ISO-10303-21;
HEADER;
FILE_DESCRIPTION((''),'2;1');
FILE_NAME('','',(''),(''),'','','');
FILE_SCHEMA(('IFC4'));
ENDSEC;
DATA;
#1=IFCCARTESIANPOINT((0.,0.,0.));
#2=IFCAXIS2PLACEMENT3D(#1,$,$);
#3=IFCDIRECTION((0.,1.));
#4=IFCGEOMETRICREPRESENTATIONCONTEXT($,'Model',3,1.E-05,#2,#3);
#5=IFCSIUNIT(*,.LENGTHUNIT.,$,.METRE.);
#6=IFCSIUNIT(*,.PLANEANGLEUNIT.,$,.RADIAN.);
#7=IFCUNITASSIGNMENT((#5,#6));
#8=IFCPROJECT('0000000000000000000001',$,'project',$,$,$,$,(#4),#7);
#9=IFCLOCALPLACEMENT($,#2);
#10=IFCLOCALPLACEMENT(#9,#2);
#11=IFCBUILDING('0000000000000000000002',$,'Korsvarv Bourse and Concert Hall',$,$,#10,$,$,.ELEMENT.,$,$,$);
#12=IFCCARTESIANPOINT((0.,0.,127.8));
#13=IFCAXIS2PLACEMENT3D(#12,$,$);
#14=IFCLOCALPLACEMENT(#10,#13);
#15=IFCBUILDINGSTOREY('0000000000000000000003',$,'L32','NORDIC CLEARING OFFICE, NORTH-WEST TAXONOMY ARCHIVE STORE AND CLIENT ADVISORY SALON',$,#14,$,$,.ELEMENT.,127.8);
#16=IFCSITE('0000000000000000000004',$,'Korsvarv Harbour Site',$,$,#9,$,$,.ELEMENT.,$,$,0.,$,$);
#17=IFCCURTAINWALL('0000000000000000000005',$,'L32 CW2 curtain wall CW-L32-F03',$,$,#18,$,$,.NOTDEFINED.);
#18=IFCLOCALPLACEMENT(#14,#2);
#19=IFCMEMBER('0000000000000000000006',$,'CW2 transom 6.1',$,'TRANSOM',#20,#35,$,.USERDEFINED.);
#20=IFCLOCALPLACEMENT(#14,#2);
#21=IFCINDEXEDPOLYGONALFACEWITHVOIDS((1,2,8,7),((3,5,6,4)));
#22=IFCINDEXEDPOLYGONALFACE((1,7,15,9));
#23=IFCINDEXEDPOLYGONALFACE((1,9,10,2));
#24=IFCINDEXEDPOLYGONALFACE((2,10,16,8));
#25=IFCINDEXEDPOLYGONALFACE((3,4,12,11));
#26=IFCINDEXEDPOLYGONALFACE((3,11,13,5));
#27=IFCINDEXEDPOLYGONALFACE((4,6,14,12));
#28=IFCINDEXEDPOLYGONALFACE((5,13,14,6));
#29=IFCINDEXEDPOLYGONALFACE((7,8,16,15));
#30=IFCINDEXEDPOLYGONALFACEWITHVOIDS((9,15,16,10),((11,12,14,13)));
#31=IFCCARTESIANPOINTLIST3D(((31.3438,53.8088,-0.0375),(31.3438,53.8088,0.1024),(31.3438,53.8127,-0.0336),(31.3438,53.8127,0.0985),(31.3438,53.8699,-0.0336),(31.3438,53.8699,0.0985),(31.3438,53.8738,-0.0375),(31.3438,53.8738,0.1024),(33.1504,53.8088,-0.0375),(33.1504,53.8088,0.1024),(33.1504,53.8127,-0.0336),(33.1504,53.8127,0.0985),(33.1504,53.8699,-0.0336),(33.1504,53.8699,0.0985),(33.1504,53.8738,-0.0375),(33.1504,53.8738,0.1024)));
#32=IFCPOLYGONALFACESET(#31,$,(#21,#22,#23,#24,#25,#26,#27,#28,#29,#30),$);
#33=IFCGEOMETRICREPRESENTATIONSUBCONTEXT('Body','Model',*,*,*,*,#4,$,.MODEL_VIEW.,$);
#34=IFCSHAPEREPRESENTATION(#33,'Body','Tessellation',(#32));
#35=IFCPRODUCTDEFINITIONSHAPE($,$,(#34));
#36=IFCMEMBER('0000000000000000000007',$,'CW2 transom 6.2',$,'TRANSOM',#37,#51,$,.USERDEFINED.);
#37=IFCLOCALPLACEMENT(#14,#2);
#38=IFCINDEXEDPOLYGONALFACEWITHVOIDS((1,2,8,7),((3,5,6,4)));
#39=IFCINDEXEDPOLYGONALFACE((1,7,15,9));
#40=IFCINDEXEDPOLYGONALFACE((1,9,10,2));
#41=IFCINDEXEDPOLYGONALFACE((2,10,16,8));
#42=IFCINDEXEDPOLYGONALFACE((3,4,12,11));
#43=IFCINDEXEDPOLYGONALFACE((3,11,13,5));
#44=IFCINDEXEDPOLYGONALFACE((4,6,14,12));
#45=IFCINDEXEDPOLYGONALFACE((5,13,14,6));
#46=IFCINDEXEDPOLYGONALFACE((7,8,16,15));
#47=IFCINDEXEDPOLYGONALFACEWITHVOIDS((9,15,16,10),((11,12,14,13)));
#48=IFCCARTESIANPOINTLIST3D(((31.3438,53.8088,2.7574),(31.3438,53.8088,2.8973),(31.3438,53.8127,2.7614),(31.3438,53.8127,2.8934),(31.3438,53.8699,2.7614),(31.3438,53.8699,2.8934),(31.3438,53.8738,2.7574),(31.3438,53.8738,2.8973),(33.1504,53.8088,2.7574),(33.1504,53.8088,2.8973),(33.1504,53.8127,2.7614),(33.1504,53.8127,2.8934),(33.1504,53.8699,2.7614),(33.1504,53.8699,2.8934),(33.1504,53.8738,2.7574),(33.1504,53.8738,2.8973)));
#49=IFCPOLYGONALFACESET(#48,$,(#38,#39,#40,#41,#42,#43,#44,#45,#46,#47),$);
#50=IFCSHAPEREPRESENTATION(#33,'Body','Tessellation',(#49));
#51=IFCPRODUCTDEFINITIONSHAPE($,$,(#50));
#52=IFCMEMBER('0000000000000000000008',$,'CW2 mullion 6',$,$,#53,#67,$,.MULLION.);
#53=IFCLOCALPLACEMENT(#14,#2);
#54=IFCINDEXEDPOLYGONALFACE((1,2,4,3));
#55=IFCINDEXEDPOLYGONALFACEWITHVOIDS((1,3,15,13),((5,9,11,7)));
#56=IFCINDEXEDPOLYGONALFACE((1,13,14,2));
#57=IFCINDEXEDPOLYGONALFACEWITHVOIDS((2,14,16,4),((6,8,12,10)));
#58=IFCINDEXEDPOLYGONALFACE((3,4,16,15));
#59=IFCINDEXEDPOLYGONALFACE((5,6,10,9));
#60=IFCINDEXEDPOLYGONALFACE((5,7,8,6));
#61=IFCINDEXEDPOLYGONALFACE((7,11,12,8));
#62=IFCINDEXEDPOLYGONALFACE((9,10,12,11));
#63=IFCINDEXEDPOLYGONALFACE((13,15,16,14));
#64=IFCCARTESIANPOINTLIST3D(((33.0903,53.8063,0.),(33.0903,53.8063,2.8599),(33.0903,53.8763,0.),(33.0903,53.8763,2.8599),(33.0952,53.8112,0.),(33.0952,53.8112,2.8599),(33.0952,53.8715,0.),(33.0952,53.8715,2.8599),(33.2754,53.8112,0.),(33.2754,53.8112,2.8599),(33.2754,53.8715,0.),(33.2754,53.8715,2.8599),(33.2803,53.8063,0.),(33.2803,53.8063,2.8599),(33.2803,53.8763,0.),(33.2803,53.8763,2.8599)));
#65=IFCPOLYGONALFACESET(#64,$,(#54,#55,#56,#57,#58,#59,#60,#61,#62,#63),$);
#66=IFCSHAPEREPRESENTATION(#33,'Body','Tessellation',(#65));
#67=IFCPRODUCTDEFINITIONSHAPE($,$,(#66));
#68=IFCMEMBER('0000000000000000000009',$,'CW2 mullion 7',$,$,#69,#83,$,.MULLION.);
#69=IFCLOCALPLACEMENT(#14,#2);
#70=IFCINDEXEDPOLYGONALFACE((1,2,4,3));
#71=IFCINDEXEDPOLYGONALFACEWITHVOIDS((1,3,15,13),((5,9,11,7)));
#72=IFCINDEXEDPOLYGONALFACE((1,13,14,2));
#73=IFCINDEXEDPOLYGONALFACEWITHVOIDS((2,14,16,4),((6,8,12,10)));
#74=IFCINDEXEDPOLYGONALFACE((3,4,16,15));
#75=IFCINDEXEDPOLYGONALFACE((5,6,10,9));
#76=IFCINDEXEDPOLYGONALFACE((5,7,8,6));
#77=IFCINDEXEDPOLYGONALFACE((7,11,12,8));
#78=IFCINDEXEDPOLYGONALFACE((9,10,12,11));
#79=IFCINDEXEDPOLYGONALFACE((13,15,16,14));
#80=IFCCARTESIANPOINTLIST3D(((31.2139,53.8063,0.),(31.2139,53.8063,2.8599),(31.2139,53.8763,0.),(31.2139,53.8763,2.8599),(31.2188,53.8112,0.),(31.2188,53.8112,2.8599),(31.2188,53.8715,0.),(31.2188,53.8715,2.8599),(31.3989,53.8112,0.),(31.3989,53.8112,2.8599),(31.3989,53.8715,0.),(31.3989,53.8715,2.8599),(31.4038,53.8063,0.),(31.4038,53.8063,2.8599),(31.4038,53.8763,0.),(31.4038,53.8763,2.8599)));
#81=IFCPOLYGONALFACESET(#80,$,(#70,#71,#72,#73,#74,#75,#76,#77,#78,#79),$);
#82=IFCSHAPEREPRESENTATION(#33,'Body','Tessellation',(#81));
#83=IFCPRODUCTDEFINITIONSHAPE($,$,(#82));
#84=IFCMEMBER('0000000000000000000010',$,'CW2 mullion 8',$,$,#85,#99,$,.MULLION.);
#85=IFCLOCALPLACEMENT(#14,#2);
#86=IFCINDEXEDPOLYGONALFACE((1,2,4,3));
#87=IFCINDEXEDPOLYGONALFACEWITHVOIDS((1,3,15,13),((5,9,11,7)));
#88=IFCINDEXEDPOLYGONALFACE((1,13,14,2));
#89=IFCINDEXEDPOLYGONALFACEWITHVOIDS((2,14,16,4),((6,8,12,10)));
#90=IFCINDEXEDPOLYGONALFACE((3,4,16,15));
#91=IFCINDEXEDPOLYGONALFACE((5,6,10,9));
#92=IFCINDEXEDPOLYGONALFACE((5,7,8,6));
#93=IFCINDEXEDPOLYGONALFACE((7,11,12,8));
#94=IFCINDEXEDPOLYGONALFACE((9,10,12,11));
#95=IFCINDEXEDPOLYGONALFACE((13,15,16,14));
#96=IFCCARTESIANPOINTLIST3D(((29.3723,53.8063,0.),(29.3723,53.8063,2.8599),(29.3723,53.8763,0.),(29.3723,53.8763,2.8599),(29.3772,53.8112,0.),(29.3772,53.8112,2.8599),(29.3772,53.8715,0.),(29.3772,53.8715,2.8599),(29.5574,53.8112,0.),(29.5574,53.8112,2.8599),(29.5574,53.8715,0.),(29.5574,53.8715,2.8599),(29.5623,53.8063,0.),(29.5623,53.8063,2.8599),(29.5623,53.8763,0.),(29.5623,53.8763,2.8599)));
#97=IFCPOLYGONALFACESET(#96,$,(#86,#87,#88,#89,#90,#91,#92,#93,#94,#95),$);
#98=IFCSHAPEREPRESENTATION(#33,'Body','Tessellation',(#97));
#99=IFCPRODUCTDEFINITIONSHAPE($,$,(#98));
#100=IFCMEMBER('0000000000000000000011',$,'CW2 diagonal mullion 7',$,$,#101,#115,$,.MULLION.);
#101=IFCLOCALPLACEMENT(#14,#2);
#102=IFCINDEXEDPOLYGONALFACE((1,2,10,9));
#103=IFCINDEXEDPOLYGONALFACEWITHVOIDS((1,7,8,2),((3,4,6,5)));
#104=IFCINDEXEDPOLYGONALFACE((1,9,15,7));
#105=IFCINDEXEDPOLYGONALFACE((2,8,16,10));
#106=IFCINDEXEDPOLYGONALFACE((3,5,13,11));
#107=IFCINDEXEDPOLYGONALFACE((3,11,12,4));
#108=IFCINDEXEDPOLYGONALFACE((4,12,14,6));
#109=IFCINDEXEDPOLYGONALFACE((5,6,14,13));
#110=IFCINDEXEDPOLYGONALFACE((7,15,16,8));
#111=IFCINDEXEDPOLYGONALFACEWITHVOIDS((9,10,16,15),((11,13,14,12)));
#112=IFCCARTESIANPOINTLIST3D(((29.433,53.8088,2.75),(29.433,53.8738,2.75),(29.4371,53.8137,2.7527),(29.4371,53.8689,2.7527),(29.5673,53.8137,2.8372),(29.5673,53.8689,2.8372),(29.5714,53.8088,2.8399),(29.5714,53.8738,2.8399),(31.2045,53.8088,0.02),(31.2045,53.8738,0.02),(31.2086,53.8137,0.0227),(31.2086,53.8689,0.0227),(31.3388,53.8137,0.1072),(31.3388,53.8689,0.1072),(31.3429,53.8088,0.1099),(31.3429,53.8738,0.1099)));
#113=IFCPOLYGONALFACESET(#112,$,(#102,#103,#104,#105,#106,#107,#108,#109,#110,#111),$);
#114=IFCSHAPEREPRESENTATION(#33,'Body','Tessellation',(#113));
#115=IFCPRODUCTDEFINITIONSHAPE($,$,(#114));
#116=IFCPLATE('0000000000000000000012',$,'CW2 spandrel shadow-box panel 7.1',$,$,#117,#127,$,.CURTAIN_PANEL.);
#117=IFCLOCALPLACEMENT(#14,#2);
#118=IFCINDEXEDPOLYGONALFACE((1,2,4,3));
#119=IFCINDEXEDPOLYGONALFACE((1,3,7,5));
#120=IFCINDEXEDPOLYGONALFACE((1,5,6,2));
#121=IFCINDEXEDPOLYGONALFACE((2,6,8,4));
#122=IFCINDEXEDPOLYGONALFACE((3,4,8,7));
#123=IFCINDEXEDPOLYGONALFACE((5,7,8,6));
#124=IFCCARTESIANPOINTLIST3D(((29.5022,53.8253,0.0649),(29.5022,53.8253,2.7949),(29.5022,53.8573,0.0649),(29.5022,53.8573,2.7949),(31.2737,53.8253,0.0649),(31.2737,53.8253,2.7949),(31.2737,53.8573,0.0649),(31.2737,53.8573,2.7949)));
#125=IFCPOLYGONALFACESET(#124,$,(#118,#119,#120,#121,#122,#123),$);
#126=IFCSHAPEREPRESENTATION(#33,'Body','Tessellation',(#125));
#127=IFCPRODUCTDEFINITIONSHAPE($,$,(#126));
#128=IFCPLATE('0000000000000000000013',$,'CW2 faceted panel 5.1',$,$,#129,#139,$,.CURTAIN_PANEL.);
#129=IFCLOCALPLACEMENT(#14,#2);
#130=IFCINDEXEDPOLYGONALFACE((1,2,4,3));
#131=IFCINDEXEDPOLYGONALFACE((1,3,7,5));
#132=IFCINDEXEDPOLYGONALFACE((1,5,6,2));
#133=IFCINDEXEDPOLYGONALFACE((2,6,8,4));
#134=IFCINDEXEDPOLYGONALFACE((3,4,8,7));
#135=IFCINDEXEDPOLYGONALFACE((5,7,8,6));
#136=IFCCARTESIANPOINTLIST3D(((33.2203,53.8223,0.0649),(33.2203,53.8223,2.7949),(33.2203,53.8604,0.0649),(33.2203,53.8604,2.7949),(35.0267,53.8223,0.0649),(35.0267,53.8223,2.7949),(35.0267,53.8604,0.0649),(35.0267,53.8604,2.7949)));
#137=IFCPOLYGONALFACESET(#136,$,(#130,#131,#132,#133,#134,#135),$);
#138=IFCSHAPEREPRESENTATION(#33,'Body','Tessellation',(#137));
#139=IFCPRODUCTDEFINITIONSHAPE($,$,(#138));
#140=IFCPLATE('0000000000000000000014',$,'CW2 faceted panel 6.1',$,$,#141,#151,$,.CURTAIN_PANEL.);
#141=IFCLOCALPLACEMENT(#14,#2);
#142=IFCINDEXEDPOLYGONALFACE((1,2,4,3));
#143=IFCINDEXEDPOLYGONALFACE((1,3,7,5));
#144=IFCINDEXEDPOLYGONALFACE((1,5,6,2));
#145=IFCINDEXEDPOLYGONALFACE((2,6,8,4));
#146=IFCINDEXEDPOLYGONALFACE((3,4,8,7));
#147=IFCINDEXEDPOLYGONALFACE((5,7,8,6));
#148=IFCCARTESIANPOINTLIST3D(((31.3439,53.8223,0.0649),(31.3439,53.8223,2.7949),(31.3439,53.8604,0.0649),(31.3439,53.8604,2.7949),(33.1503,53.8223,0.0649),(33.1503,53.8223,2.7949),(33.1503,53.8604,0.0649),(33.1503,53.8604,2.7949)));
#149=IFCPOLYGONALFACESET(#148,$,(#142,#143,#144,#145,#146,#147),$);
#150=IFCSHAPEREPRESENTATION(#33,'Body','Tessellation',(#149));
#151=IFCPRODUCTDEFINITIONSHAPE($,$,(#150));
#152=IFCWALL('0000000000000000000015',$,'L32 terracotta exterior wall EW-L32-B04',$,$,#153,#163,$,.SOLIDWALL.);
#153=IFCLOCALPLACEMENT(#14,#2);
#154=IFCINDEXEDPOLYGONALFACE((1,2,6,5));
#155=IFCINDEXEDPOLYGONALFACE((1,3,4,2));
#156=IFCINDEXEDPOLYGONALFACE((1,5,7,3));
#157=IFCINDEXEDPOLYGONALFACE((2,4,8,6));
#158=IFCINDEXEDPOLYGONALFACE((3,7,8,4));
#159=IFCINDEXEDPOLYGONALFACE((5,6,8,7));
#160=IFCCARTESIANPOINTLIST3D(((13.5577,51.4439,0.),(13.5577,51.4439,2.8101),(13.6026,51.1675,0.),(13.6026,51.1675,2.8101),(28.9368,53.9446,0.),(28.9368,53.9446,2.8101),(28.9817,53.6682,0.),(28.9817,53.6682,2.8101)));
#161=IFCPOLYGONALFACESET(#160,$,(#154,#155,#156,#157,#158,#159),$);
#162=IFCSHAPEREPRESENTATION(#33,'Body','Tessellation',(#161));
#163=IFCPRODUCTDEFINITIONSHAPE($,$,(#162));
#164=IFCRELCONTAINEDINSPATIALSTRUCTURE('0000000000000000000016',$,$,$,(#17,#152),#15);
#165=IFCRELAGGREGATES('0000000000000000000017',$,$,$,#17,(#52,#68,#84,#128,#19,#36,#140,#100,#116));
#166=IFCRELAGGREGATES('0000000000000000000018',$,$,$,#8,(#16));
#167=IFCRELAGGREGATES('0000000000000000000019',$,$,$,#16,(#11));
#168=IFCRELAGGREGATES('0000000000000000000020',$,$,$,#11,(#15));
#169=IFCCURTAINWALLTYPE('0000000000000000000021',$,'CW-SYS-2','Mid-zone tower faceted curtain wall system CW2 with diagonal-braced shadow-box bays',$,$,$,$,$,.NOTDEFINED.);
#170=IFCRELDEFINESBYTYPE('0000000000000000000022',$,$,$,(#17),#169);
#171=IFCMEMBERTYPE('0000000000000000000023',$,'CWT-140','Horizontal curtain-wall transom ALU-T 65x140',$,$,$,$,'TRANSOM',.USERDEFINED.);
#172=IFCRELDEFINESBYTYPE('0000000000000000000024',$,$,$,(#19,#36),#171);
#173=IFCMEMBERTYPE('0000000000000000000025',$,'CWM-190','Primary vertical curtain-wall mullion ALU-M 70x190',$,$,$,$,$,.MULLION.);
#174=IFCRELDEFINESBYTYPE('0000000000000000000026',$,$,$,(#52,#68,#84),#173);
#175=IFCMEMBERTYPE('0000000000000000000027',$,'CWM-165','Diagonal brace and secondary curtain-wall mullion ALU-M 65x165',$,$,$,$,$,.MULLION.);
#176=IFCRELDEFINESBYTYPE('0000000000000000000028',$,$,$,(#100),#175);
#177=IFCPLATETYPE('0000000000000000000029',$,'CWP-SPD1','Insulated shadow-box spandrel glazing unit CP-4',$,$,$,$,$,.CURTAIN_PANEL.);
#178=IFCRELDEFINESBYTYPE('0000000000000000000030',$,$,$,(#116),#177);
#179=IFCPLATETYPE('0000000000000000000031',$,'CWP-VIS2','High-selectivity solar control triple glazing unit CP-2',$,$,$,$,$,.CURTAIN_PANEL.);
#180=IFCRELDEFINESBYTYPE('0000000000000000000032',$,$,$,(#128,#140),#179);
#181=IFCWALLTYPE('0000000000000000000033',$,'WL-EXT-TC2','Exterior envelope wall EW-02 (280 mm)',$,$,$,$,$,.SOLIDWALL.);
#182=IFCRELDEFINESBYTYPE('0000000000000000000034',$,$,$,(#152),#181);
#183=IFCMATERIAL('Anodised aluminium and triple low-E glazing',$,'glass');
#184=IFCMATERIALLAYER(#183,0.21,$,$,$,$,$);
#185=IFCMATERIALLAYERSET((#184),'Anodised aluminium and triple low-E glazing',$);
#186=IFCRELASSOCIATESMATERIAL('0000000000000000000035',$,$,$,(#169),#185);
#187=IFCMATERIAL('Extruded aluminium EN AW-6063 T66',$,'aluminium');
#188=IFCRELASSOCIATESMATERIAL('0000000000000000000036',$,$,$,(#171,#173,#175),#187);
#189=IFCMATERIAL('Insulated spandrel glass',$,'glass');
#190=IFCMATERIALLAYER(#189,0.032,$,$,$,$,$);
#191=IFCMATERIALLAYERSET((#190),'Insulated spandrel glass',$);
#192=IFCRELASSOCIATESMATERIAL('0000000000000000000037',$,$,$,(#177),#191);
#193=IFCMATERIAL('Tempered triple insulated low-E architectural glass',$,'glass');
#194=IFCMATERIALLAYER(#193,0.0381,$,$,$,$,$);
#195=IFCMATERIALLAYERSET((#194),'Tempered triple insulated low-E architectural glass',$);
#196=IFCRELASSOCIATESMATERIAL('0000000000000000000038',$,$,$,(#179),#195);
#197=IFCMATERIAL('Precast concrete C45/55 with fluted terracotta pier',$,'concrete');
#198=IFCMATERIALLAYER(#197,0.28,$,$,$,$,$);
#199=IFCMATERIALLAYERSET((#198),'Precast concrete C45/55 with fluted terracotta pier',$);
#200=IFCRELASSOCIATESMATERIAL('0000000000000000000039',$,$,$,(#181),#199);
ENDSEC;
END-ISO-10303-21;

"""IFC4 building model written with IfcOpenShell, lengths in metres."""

from ifc_helpers import new_model, si_unit, direction, frame, frame_2d, origin, origin_2d, place, context, subcontext, project, spatial, rectangle, hollow_rectangle, extrude, source, transform, mapped, material, layer, layer_set, material_profile, profile_set, type_object, element, aggregate, save


model = new_model("IFC4")

# Units and contexts
model_context = context("Model", 3, precision=1e-05, world=origin(), true_north=direction((0.0, 1.0)))
body_context = subcontext(model_context, "Body", "Model", "MODEL_VIEW")
ifc_project = project(units=[si_unit("LENGTHUNIT", "METRE"), si_unit("PLANEANGLEUNIT", "RADIAN")], contexts=[model_context])

# Site, building, storey
site_placement = place(None, origin())
site = spatial("IfcSite", under=ifc_project, at=site_placement, Name="Korsvarv Harbour Site", CompositionType="ELEMENT", RefElevation=0.0)
building_placement = place(site_placement, origin())
building = spatial("IfcBuilding", under=site, at=building_placement, Name="Korsvarv Bourse and Concert Hall", CompositionType="ELEMENT")
storey_placement = place(building_placement, frame((0.0, 0.0, 127.8)))
storey = spatial("IfcBuildingStorey", under=building, at=storey_placement, Name="L32", Description="NORDIC CLEARING OFFICE, NORTH-WEST TAXONOMY ARCHIVE STORE AND CLIENT ADVISORY SALON", CompositionType="ELEMENT", Elevation=127.8)

# Curtain wall, members, plates
ifc_material_1 = material(Name="Anodised aluminium and triple low-E glazing", Category="glass")
ifc_layer_1 = layer(ifc_material_1, 0.21)
ifc_layer_set_1 = layer_set([ifc_layer_1], Name="Anodised aluminium and triple low-E glazing")
curtain_wall_type = type_object("IfcCurtainWallType", Name="CW-SYS-2", Description="Mid-zone tower faceted curtain wall system CW2 with diagonal-braced shadow-box bays", PredefinedType="NOTDEFINED", material=ifc_layer_set_1)
curtain_wall_placement = place(storey_placement, origin())
curtain_wall = element("IfcCurtainWall", 1, at=curtain_wall_placement, inside=storey, type_object=curtain_wall_type, Name="L32 CW2 curtain wall CW-L32-F03", PredefinedType="NOTDEFINED")
ifc_material_2 = material(Name="Extruded aluminium EN AW-6063 T66", Category="aluminium")
ifc_material_profile_1 = material_profile(ifc_material_2, hollow_rectangle(XDim=0.0649, YDim=0.1399, WallThickness=0.0039, at=origin_2d()), Name="ALU-T 65x140")
ifc_profile_set_1 = profile_set([ifc_material_profile_1], Name="Extruded aluminium EN AW-6063 T66")
member_type_1 = type_object("IfcMemberType", Name="CWT-140", Description="Horizontal curtain-wall transom ALU-T 65x140", ElementType="TRANSOM", PredefinedType="USERDEFINED", material=ifc_profile_set_1)
shared_shape_1 = source(origin(), body_context, "Body", "SweptSolid", [
    extrude(hollow_rectangle(XDim=0.0649, YDim=0.1399, WallThickness=0.0039, at=origin_2d()), origin(), (0.0, 0.0, 1.0), 1.8066),
])
member_1_placement = place(storey_placement, frame((33.1504, 53.8413, 0.0325), z_axis=(-1.0, 0.0, 0.0), x_axis=(0.0, -1.0, 0.0)))
member_1 = element("IfcMember", 2, at=member_1_placement, type_object=member_type_1, Name="CW2 transom 6.1", ObjectType="TRANSOM", PredefinedType="USERDEFINED", context=body_context, shape_type="MappedRepresentation", body=[
    mapped(shared_shape_1, transform((0.0, 0.0, 0.0), scale=1.0)),
])
member_2_placement = place(storey_placement, frame((33.1504, 53.8413, 2.8274), z_axis=(-1.0, 0.0, 0.0), x_axis=(0.0, -1.0, 0.0)))
member_2 = element("IfcMember", 3, at=member_2_placement, type_object=member_type_1, Name="CW2 transom 6.2", ObjectType="TRANSOM", PredefinedType="USERDEFINED", context=body_context, shape_type="MappedRepresentation", body=[
    mapped(shared_shape_1, transform((0.0, 0.0, 0.0), scale=1.0)),
])
ifc_material_profile_2 = material_profile(ifc_material_2, hollow_rectangle(XDim=0.0701, YDim=0.1899, WallThickness=0.0049, at=origin_2d()), Name="ALU-M 70x190")
ifc_profile_set_2 = profile_set([ifc_material_profile_2], Name="Extruded aluminium EN AW-6063 T66")
member_type_2 = type_object("IfcMemberType", Name="CWM-190", Description="Primary vertical curtain-wall mullion ALU-M 70x190", PredefinedType="MULLION", material=ifc_profile_set_2)
shared_shape_2 = source(origin(), body_context, "Body", "SweptSolid", [
    extrude(hollow_rectangle(XDim=0.0701, YDim=0.1899, WallThickness=0.0049, at=origin_2d()), origin(), (0.0, 0.0, 1.0), 2.8599),
])
member_3_placement = place(storey_placement, frame((33.1853, 53.8413, 0.0), z_axis=(0.0, 0.0, 1.0), x_axis=(0.0, -1.0, 0.0)))
member_3 = element("IfcMember", 4, at=member_3_placement, type_object=member_type_2, Name="CW2 mullion 6", PredefinedType="MULLION", context=body_context, shape_type="MappedRepresentation", body=[
    mapped(shared_shape_2, transform((0.0, 0.0, 0.0), scale=1.0)),
])
member_4_placement = place(storey_placement, frame((31.3088, 53.8413, 0.0), z_axis=(0.0, 0.0, 1.0), x_axis=(0.0, -1.0, 0.0)))
member_4 = element("IfcMember", 5, at=member_4_placement, type_object=member_type_2, Name="CW2 mullion 7", PredefinedType="MULLION", context=body_context, shape_type="MappedRepresentation", body=[
    mapped(shared_shape_2, transform((0.0, 0.0, 0.0), scale=1.0)),
])
member_5_placement = place(storey_placement, frame((29.4673, 53.8413, 0.0), z_axis=(0.0, 0.0, 1.0), x_axis=(0.0, -1.0, 0.0)))
member_5 = element("IfcMember", 6, at=member_5_placement, type_object=member_type_2, Name="CW2 mullion 8", PredefinedType="MULLION", context=body_context, shape_type="MappedRepresentation", body=[
    mapped(shared_shape_2, transform((0.0, 0.0, 0.0), scale=1.0)),
])
ifc_material_profile_3 = material_profile(ifc_material_2, hollow_rectangle(XDim=0.0649, YDim=0.165, WallThickness=0.0049, at=origin_2d()), Name="ALU-M 65x165")
ifc_profile_set_3 = profile_set([ifc_material_profile_3], Name="Extruded aluminium EN AW-6063 T66")
member_type_3 = type_object("IfcMemberType", Name="CWM-165", Description="Diagonal brace and secondary curtain-wall mullion ALU-M 65x165", PredefinedType="MULLION", material=ifc_profile_set_3)
shared_shape_3 = source(origin(), body_context, "Body", "SweptSolid", [
    extrude(hollow_rectangle(XDim=0.0649, YDim=0.165, WallThickness=0.0049, at=origin_2d()), origin(), (0.0, 0.0, 1.0), 3.2544),
])
member_6_placement = place(storey_placement, frame((31.2737, 53.8413, 0.0649), z_axis=(-0.54434, 0.0, 0.838865), x_axis=(0.0, -1.0, 0.0)))
member_6 = element("IfcMember", 7, at=member_6_placement, type_object=member_type_3, Name="CW2 diagonal mullion 7", PredefinedType="MULLION", context=body_context, shape_type="MappedRepresentation", body=[
    mapped(shared_shape_3, transform((0.0, 0.0, 0.0), scale=1.0)),
])
ifc_material_3 = material(Name="Insulated spandrel glass", Category="glass")
ifc_layer_2 = layer(ifc_material_3, 0.032)
ifc_layer_set_2 = layer_set([ifc_layer_2], Name="Insulated spandrel glass")
plate_type_1 = type_object("IfcPlateType", Name="CWP-SPD1", Description="Insulated shadow-box spandrel glazing unit CP-4", PredefinedType="CURTAIN_PANEL", material=ifc_layer_set_2)
shared_shape_4 = source(origin(), body_context, "Body", "SweptSolid", [
    extrude(rectangle(XDim=1.7715, YDim=0.032, at=origin_2d()), origin(), (0.0, 0.0, 1.0), 2.73),
])
plate_1_placement = place(storey_placement, frame((30.3879, 53.8413, 0.0649), z_axis=(0.0, 0.0, 1.0), x_axis=(-1.0, 0.0, 0.0)))
plate_1 = element("IfcPlate", 8, at=plate_1_placement, type_object=plate_type_1, Name="CW2 spandrel shadow-box panel 7.1", PredefinedType="CURTAIN_PANEL", context=body_context, shape_type="MappedRepresentation", body=[
    mapped(shared_shape_4, transform((0.0, 0.0, 0.0), scale=1.0)),
])
ifc_material_4 = material(Name="Tempered triple insulated low-E architectural glass", Category="glass")
ifc_layer_3 = layer(ifc_material_4, 0.0381)
ifc_layer_set_3 = layer_set([ifc_layer_3], Name="Tempered triple insulated low-E architectural glass")
plate_type_2 = type_object("IfcPlateType", Name="CWP-VIS2", Description="High-selectivity solar control triple glazing unit CP-2", PredefinedType="CURTAIN_PANEL", material=ifc_layer_set_3)
shared_shape_5 = source(origin(), body_context, "Body", "SweptSolid", [
    extrude(rectangle(XDim=1.8064, YDim=0.0381, at=origin_2d()), origin(), (0.0, 0.0, 1.0), 2.73),
])
plate_2_placement = place(storey_placement, frame((34.1235, 53.8413, 0.0649), z_axis=(0.0, 0.0, 1.0), x_axis=(-1.0, 0.0, 0.0)))
plate_2 = element("IfcPlate", 9, at=plate_2_placement, type_object=plate_type_2, Name="CW2 faceted panel 5.1", PredefinedType="CURTAIN_PANEL", context=body_context, shape_type="MappedRepresentation", body=[
    mapped(shared_shape_5, transform((0.0, 0.0, 0.0), scale=1.0)),
])
plate_3_placement = place(storey_placement, frame((32.2471, 53.8413, 0.0649), z_axis=(0.0, 0.0, 1.0), x_axis=(-1.0, 0.0, 0.0)))
plate_3 = element("IfcPlate", 10, at=plate_3_placement, type_object=plate_type_2, Name="CW2 faceted panel 6.1", PredefinedType="CURTAIN_PANEL", context=body_context, shape_type="MappedRepresentation", body=[
    mapped(shared_shape_5, transform((0.0, 0.0, 0.0), scale=1.0)),
])
aggregate(curtain_wall, [member_3, member_4, member_5, plate_2, member_1, member_2, plate_3, member_6, plate_1])

# Wall
ifc_material_5 = material(Name="Precast concrete C45/55 with fluted terracotta pier", Category="concrete")
ifc_layer_4 = layer(ifc_material_5, 0.28)
ifc_layer_set_4 = layer_set([ifc_layer_4], Name="Precast concrete C45/55 with fluted terracotta pier")
wall_type_1 = type_object("IfcWallType", Name="WL-EXT-TC2", Description="Exterior envelope wall EW-02 (280 mm)", PredefinedType="SOLIDWALL", material=ifc_layer_set_4)
wall_1_placement = place(storey_placement, frame((28.9592, 53.8064, 0.0), z_axis=(0.0, 0.0, 1.0), x_axis=(-0.987036, -0.160497, 0.0)))
element("IfcWall", 11, at=wall_1_placement, inside=storey, type_object=wall_type_1, Name="L32 terracotta exterior wall EW-L32-B04", PredefinedType="SOLIDWALL", context=body_context, shape_type="SweptSolid", body=[
    extrude(rectangle(XDim=15.5811, YDim=0.28, at=frame_2d((7.7905, 0.0))), origin(), (0.0, 0.0, 1.0), 2.8101),
])

save(model, "model.ifc")
